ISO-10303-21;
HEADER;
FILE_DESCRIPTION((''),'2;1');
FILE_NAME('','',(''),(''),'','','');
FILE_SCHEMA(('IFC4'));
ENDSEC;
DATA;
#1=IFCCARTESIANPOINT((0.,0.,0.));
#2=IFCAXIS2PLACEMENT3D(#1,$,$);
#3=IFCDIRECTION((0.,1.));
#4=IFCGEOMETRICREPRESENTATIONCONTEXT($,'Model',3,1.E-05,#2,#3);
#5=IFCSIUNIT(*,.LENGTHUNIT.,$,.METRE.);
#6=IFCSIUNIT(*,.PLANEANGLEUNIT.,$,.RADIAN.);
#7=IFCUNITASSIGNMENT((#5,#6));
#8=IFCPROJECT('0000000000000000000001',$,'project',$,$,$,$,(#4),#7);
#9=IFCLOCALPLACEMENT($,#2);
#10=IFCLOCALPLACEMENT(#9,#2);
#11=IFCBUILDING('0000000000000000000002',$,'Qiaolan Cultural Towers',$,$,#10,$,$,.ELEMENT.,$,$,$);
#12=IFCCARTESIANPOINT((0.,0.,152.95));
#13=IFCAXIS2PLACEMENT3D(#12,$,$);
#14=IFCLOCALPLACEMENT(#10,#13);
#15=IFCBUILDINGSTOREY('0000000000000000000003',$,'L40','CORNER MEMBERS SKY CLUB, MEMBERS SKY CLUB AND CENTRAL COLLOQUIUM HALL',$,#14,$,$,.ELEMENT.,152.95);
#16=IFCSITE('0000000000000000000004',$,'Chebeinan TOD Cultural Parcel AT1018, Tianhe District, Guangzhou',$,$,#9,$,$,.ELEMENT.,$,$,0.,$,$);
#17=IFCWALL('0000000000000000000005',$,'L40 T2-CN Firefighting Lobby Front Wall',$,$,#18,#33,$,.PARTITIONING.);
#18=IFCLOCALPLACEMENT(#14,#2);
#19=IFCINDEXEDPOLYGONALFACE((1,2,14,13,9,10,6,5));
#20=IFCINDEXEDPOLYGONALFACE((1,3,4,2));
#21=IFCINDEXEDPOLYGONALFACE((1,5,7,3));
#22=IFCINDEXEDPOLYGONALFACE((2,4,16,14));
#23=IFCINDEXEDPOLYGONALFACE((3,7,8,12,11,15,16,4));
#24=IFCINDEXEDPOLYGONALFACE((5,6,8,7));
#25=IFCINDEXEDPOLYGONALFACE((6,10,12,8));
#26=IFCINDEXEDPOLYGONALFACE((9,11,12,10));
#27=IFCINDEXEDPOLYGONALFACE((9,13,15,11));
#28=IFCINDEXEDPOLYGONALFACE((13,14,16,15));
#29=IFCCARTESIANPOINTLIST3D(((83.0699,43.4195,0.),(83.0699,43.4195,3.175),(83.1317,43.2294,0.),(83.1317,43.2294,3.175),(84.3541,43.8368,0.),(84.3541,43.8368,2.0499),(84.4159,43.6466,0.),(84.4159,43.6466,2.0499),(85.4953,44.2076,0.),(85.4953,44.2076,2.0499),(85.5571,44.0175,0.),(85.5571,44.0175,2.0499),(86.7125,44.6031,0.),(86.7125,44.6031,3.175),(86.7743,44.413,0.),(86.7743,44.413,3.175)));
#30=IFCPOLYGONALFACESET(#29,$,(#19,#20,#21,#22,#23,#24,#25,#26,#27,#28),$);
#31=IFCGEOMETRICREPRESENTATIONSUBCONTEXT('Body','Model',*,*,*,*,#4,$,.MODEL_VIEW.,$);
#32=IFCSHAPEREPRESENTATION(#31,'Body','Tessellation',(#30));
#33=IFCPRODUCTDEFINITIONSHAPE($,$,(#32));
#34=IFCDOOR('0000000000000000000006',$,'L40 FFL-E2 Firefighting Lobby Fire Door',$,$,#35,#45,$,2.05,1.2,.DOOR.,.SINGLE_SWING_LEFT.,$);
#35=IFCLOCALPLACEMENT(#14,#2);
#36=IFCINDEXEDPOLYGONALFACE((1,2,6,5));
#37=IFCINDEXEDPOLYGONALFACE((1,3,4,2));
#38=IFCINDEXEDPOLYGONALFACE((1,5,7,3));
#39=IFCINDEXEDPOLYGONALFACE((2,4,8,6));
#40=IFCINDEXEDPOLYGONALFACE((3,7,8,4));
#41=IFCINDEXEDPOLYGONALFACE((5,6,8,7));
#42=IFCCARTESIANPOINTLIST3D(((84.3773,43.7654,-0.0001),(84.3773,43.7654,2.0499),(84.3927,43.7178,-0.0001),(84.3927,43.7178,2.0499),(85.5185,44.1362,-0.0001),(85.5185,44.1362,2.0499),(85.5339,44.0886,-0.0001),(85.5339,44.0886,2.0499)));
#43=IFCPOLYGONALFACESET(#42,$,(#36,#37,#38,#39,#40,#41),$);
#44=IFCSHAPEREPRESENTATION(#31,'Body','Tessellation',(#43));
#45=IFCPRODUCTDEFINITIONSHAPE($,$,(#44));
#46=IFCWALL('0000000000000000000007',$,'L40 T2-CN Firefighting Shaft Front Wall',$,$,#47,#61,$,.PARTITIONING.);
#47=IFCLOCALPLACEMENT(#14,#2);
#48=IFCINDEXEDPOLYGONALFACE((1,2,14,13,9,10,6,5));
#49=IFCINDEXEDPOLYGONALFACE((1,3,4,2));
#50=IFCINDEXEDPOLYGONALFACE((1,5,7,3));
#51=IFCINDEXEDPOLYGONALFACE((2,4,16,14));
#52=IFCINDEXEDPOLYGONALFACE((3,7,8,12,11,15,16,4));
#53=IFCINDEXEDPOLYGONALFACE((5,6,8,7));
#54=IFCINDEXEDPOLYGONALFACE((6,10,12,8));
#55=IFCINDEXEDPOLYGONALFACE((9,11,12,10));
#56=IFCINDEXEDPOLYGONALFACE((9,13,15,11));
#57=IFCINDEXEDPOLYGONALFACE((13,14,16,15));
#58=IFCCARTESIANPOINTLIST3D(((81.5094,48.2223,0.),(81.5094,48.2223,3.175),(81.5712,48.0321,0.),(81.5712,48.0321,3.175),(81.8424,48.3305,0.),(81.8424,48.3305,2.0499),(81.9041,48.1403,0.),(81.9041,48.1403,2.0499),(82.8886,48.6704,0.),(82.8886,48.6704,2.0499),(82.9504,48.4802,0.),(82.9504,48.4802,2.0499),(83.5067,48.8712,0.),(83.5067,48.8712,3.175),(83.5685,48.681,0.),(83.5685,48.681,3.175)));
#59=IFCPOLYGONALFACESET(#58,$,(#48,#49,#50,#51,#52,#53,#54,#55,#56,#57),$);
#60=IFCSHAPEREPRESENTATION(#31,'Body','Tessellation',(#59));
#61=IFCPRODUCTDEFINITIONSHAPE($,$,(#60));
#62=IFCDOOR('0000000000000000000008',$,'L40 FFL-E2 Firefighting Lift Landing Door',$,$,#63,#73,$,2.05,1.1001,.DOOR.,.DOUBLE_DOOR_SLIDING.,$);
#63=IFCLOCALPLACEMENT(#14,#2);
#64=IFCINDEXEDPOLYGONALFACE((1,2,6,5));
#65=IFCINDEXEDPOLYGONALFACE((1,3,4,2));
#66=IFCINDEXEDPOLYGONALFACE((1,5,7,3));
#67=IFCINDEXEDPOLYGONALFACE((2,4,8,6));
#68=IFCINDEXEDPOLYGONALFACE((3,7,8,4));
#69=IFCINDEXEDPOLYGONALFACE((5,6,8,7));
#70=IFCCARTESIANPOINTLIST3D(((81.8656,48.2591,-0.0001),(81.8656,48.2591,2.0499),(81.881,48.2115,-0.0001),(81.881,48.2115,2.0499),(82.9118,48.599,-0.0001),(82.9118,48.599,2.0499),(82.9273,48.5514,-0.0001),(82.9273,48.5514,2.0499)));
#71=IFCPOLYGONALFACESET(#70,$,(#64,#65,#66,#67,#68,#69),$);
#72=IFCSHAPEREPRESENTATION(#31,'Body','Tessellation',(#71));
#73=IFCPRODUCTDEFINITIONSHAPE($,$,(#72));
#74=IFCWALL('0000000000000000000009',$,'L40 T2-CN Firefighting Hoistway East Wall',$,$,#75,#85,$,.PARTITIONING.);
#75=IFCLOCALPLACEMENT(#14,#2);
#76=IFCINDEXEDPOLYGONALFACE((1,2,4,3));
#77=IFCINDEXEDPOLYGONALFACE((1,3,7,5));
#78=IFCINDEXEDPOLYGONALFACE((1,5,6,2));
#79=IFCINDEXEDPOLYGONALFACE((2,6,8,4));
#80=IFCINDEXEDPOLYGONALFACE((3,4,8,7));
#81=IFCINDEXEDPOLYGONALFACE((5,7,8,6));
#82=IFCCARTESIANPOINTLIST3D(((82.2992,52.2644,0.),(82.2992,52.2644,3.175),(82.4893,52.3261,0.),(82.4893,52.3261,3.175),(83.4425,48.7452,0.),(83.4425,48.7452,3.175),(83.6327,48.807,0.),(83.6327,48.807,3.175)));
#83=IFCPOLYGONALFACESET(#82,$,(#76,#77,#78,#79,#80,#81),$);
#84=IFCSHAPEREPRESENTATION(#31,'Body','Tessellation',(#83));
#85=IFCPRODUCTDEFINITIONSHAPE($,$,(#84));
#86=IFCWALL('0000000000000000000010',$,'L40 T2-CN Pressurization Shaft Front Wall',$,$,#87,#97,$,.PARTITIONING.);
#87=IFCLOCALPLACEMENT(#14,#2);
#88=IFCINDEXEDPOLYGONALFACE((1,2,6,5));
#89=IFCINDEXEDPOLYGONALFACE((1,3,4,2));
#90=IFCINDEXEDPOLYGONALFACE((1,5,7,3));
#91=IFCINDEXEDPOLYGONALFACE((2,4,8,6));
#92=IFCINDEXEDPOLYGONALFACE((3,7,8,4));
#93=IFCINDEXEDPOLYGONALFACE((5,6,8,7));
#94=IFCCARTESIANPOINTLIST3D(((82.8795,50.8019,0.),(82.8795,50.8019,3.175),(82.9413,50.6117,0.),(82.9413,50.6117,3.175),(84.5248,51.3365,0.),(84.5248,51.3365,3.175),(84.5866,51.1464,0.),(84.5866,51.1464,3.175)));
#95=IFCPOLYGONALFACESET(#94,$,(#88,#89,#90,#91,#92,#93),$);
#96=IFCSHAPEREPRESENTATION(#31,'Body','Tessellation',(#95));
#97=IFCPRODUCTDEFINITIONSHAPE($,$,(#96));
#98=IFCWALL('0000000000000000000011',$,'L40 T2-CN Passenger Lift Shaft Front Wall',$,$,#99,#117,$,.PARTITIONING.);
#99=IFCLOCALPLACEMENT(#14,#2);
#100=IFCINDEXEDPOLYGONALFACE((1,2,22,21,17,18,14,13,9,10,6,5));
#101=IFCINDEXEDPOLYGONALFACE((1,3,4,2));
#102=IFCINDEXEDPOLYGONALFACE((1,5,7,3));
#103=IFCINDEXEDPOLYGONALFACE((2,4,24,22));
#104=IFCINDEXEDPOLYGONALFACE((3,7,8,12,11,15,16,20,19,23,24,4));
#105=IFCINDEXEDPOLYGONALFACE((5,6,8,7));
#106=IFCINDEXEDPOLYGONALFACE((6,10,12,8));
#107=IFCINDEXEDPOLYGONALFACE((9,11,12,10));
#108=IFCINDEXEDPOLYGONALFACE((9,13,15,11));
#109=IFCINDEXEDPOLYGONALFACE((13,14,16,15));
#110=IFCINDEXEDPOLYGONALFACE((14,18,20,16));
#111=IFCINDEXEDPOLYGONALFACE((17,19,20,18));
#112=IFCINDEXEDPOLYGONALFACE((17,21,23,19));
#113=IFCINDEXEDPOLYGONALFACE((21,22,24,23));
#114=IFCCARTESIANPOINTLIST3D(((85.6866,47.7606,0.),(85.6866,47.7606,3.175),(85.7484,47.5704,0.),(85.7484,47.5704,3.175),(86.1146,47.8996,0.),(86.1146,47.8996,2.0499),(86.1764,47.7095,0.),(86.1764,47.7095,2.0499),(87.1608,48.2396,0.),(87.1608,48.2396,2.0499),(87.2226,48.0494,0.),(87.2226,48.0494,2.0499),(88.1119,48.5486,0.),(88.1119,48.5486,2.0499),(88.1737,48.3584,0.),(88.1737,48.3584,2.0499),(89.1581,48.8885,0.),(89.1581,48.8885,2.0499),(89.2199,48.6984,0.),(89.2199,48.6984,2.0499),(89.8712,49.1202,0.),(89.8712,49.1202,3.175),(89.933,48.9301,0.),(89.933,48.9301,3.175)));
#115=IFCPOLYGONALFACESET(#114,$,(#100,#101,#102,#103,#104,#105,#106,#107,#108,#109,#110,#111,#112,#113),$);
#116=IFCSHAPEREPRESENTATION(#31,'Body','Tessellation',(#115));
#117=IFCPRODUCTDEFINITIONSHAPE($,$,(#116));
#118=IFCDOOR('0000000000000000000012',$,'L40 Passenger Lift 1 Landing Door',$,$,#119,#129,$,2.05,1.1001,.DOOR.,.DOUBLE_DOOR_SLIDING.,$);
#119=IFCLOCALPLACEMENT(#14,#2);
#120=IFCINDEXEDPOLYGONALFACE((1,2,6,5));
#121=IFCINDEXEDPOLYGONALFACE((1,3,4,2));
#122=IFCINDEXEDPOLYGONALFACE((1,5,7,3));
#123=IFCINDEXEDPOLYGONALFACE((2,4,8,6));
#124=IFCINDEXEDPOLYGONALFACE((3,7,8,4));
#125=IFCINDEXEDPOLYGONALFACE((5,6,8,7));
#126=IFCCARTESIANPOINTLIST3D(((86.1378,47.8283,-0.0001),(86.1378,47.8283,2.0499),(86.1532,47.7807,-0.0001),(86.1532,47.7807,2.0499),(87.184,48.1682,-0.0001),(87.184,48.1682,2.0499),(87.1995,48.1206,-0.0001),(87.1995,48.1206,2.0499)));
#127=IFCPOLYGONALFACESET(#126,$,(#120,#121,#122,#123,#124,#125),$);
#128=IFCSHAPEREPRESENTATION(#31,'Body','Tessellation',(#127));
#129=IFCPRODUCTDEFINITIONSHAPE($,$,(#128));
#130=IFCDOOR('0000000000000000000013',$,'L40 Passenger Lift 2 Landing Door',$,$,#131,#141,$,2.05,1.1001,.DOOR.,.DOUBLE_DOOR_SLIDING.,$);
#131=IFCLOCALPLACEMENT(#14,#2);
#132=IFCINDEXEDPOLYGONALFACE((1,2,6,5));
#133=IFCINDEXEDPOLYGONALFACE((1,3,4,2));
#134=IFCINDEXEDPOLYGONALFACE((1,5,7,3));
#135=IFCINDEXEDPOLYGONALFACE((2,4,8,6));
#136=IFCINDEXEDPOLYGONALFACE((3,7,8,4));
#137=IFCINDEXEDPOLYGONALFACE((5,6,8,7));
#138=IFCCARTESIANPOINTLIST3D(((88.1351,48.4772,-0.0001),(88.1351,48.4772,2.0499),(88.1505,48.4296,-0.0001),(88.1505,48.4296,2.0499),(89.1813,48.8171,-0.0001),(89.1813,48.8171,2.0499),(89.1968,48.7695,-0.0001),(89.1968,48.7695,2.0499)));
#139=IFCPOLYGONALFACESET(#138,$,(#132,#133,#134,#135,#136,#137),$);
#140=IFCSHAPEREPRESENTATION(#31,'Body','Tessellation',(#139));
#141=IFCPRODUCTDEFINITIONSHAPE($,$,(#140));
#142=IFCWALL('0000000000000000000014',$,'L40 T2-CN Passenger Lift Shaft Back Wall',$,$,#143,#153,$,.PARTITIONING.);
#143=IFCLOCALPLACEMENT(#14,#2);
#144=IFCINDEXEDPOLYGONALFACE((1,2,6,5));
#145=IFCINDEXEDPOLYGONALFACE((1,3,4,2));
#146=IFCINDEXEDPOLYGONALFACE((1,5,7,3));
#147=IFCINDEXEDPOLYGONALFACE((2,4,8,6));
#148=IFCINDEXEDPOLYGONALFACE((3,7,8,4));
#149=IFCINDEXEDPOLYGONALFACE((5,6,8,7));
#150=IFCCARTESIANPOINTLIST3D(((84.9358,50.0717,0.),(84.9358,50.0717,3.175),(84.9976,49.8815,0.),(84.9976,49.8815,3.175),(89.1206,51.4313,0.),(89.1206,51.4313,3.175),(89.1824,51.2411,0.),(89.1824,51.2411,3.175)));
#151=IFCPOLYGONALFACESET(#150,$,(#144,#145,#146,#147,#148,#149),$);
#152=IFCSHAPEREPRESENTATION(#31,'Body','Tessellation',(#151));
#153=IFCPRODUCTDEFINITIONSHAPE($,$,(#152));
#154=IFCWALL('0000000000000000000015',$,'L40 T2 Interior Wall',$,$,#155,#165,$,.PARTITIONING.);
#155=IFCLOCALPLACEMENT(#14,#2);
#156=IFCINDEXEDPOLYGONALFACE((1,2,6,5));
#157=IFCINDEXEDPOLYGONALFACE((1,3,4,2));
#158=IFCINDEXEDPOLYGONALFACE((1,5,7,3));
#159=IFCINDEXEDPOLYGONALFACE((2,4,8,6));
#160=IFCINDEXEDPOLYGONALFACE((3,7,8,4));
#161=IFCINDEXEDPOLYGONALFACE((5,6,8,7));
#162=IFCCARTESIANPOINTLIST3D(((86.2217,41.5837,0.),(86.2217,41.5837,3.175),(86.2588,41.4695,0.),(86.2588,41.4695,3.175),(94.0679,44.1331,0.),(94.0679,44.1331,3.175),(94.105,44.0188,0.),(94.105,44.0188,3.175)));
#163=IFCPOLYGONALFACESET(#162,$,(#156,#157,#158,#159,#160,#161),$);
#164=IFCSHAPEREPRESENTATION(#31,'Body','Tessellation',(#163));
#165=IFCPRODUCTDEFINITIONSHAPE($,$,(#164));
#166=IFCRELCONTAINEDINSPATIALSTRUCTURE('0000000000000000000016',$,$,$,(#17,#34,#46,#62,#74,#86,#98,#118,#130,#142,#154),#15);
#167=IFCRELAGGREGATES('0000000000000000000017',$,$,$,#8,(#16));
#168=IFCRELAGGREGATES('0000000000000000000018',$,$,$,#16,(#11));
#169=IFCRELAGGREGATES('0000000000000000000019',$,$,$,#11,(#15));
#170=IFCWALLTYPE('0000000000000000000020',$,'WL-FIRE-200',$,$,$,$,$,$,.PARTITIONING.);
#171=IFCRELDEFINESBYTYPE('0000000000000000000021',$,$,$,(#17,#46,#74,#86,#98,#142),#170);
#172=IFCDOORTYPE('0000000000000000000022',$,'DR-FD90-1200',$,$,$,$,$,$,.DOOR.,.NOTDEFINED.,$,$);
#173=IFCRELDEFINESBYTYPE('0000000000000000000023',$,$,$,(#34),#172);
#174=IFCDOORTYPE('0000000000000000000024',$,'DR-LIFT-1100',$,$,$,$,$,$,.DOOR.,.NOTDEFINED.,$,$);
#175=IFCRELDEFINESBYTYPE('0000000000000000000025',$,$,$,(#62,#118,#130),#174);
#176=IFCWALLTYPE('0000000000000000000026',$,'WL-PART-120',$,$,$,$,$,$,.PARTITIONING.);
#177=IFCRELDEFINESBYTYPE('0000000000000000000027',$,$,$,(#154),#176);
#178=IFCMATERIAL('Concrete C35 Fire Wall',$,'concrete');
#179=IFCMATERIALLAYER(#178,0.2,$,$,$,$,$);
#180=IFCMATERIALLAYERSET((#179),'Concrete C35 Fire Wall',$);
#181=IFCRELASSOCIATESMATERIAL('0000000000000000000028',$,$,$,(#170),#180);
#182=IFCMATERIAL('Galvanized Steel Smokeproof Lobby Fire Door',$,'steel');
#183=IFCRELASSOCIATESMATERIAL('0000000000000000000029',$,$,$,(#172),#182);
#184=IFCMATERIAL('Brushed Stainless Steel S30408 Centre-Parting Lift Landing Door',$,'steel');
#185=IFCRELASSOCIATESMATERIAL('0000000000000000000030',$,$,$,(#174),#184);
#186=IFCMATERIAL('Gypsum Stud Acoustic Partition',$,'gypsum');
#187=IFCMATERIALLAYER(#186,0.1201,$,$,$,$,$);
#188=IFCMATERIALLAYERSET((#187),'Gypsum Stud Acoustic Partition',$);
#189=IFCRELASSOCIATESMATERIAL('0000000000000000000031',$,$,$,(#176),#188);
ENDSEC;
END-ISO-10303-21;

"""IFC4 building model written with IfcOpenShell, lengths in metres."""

from ifc_helpers import new_model, si_unit, direction, frame, frame_2d, origin, place, context, subcontext, project, spatial, rectangle, extrude, material, layer, layer_set, type_object, element, fill, save


model = new_model("IFC4")

# Units and contexts
model_context = context("Model", 3, precision=1e-05, world=origin(), true_north=direction((0.0, 1.0)))
body_context = subcontext(model_context, "Body", "Model", "MODEL_VIEW")
ifc_project = project(units=[si_unit("LENGTHUNIT", "METRE"), si_unit("PLANEANGLEUNIT", "RADIAN")], contexts=[model_context])

# Site, building, storey
site_placement = place(None, origin())
site = spatial("IfcSite", under=ifc_project, at=site_placement, Name="Chebeinan TOD Cultural Parcel AT1018, Tianhe District, Guangzhou", CompositionType="ELEMENT", RefElevation=0.0)
building_placement = place(site_placement, origin())
building = spatial("IfcBuilding", under=site, at=building_placement, Name="Qiaolan Cultural Towers", CompositionType="ELEMENT")
storey_placement = place(building_placement, frame((0.0, 0.0, 152.95)))
storey = spatial("IfcBuildingStorey", under=building, at=storey_placement, Name="L40", Description="CORNER MEMBERS SKY CLUB, MEMBERS SKY CLUB AND CENTRAL COLLOQUIUM HALL", CompositionType="ELEMENT", Elevation=152.95)

# Shared definitions
ifc_material_1 = material(Name="Concrete C35 Fire Wall", Category="concrete")
ifc_layer_1 = layer(ifc_material_1, 0.2)
ifc_layer_set_1 = layer_set([ifc_layer_1], Name="Concrete C35 Fire Wall")
wall_type_1 = type_object("IfcWallType", Name="WL-FIRE-200", PredefinedType="PARTITIONING", material=ifc_layer_set_1)

# Walls, openings, doors
wall_1_placement = place(storey_placement, frame((83.1008, 43.3245, 0.0), z_axis=(0.0, 0.0, 1.0), x_axis=(0.951053, 0.309028, 0.0)))
wall_1 = element("IfcWall", 1, at=wall_1_placement, inside=storey, type_object=wall_type_1, Name="L40 T2-CN Firefighting Lobby Front Wall", PredefinedType="PARTITIONING", context=body_context, shape_type="SweptSolid", body=[
    extrude(rectangle(XDim=3.8301, YDim=0.2, at=frame_2d((1.915, 0.0))), origin(), (0.0, 0.0, 1.0), 3.175),
])
opening_1_placement = place(wall_1_placement, frame((1.3501, 0.0, 0.0)))
opening_1 = element("IfcOpeningElement", 2, at=opening_1_placement, cuts=wall_1, PredefinedType="OPENING", context=body_context, shape_type="SweptSolid", body=[
    extrude(rectangle(XDim=1.2, YDim=2.05, at=frame_2d((0.6001, 1.0249))), frame((0.0, 0.1099, 0.0), z_axis=(0.0, -1.0, 0.0), x_axis=(1.0, 0.0, 0.0)), (0.0, 0.0, 1.0), 0.22),
])
ifc_material_2 = material(Name="Galvanized Steel Smokeproof Lobby Fire Door", Category="steel")
door_type_1 = type_object("IfcDoorType", Name="DR-FD90-1200", OperationType="NOTDEFINED", PredefinedType="DOOR", material=ifc_material_2)
door_1_placement = place(opening_1_placement, origin())
door_1 = element("IfcDoor", 3, at=door_1_placement, inside=storey, type_object=door_type_1, Name="L40 FFL-E2 Firefighting Lobby Fire Door", OperationType="SINGLE_SWING_LEFT", OverallHeight=2.05, OverallWidth=1.2, PredefinedType="DOOR", context=body_context, shape_type="SweptSolid", body=[
    extrude(rectangle(XDim=1.2, YDim=2.05, at=frame_2d((0.6001, 1.0249))), frame((0.0, 0.0249, 0.0), z_axis=(0.0, -1.0, 0.0), x_axis=(1.0, 0.0, 0.0)), (0.0, 0.0, 1.0), 0.05),
])
fill(opening_1, door_1)
wall_2_placement = place(storey_placement, frame((81.5403, 48.1272, 0.0), z_axis=(0.0, 0.0, 1.0), x_axis=(0.951062, 0.308999, 0.0)))
wall_2 = element("IfcWall", 4, at=wall_2_placement, inside=storey, type_object=wall_type_1, Name="L40 T2-CN Firefighting Shaft Front Wall", PredefinedType="PARTITIONING", context=body_context, shape_type="SweptSolid", body=[
    extrude(rectangle(XDim=2.1001, YDim=0.2, at=frame_2d((1.05, 0.0))), origin(), (0.0, 0.0, 1.0), 3.175),
])
opening_2_placement = place(wall_2_placement, frame((0.3501, 0.0, 0.0)))
opening_2 = element("IfcOpeningElement", 5, at=opening_2_placement, cuts=wall_2, PredefinedType="OPENING", context=body_context, shape_type="SweptSolid", body=[
    extrude(rectangle(XDim=1.1001, YDim=2.05, at=frame_2d((0.55, 1.0249))), frame((0.0, 0.1099, 0.0), z_axis=(0.0, -1.0, 0.0), x_axis=(1.0, 0.0, 0.0)), (0.0, 0.0, 1.0), 0.22),
])
ifc_material_3 = material(Name="Brushed Stainless Steel S30408 Centre-Parting Lift Landing Door", Category="steel")
door_type_2 = type_object("IfcDoorType", Name="DR-LIFT-1100", OperationType="NOTDEFINED", PredefinedType="DOOR", material=ifc_material_3)
door_2_placement = place(opening_2_placement, origin())
door_2 = element("IfcDoor", 6, at=door_2_placement, inside=storey, type_object=door_type_2, Name="L40 FFL-E2 Firefighting Lift Landing Door", OperationType="DOUBLE_DOOR_SLIDING", OverallHeight=2.05, OverallWidth=1.1001, PredefinedType="DOOR", context=body_context, shape_type="SweptSolid", body=[
    extrude(rectangle(XDim=1.1001, YDim=2.05, at=frame_2d((0.55, 1.0249))), frame((0.0, 0.0249, 0.0), z_axis=(0.0, -1.0, 0.0), x_axis=(1.0, 0.0, 0.0)), (0.0, 0.0, 1.0), 0.05),
])
fill(opening_2, door_2)

# Walls
wall_3_placement = place(storey_placement, frame((83.5376, 48.7761, 0.0), z_axis=(0.0, 0.0, 1.0), x_axis=(-0.308994, 0.951064, 0.0)))
element("IfcWall", 7, at=wall_3_placement, inside=storey, type_object=wall_type_1, Name="L40 T2-CN Firefighting Hoistway East Wall", PredefinedType="PARTITIONING", context=body_context, shape_type="SweptSolid", body=[
    extrude(rectangle(XDim=3.7002, YDim=0.2, at=frame_2d((1.8501, 0.0))), origin(), (0.0, 0.0, 1.0), 3.175),
])
wall_4_placement = place(storey_placement, frame((82.9104, 50.7068, 0.0), z_axis=(0.0, 0.0, 1.0), x_axis=(0.951041, 0.309064, 0.0)))
element("IfcWall", 8, at=wall_4_placement, inside=storey, type_object=wall_type_1, Name="L40 T2-CN Pressurization Shaft Front Wall", PredefinedType="PARTITIONING", context=body_context, shape_type="SweptSolid", body=[
    extrude(rectangle(XDim=1.73, YDim=0.2, at=frame_2d((0.865, 0.0))), origin(), (0.0, 0.0, 1.0), 3.175),
])

# Wall, openings, doors
wall_5_placement = place(storey_placement, frame((85.7175, 47.6655, 0.0), z_axis=(0.0, 0.0, 1.0), x_axis=(0.951059, 0.309011, 0.0)))
wall_5 = element("IfcWall", 9, at=wall_5_placement, inside=storey, type_object=wall_type_1, Name="L40 T2-CN Passenger Lift Shaft Front Wall", PredefinedType="PARTITIONING", context=body_context, shape_type="SweptSolid", body=[
    extrude(rectangle(XDim=4.3999, YDim=0.2, at=frame_2d((2.2, 0.0))), origin(), (0.0, 0.0, 1.0), 3.175),
])
opening_3_placement = place(wall_5_placement, frame((0.45, 0.0, 0.0)))
opening_3 = element("IfcOpeningElement", 10, at=opening_3_placement, cuts=wall_5, PredefinedType="OPENING", context=body_context, shape_type="SweptSolid", body=[
    extrude(rectangle(XDim=1.1001, YDim=2.05, at=frame_2d((0.55, 1.0249))), frame((0.0, 0.1099, 0.0), z_axis=(0.0, -1.0, 0.0), x_axis=(1.0, 0.0, 0.0)), (0.0, 0.0, 1.0), 0.22),
])
opening_4_placement = place(wall_5_placement, frame((2.55, 0.0, 0.0)))
opening_4 = element("IfcOpeningElement", 11, at=opening_4_placement, cuts=wall_5, PredefinedType="OPENING", context=body_context, shape_type="SweptSolid", body=[
    extrude(rectangle(XDim=1.1001, YDim=2.05, at=frame_2d((0.55, 1.0249))), frame((0.0, 0.1099, 0.0), z_axis=(0.0, -1.0, 0.0), x_axis=(1.0, 0.0, 0.0)), (0.0, 0.0, 1.0), 0.22),
])
door_3_placement = place(opening_3_placement, origin())
door_3 = element("IfcDoor", 12, at=door_3_placement, inside=storey, type_object=door_type_2, Name="L40 Passenger Lift 1 Landing Door", OperationType="DOUBLE_DOOR_SLIDING", OverallHeight=2.05, OverallWidth=1.1001, PredefinedType="DOOR", context=body_context, shape_type="SweptSolid", body=[
    extrude(rectangle(XDim=1.1001, YDim=2.05, at=frame_2d((0.55, 1.0249))), frame((0.0, 0.0249, 0.0), z_axis=(0.0, -1.0, 0.0), x_axis=(1.0, 0.0, 0.0)), (0.0, 0.0, 1.0), 0.05),
])
fill(opening_3, door_3)
door_4_placement = place(opening_4_placement, origin())
door_4 = element("IfcDoor", 13, at=door_4_placement, inside=storey, type_object=door_type_2, Name="L40 Passenger Lift 2 Landing Door", OperationType="DOUBLE_DOOR_SLIDING", OverallHeight=2.05, OverallWidth=1.1001, PredefinedType="DOOR", context=body_context, shape_type="SweptSolid", body=[
    extrude(rectangle(XDim=1.1001, YDim=2.05, at=frame_2d((0.55, 1.0249))), frame((0.0, 0.0249, 0.0), z_axis=(0.0, -1.0, 0.0), x_axis=(1.0, 0.0, 0.0)), (0.0, 0.0, 1.0), 0.05),
])
fill(opening_4, door_4)

# Walls
wall_6_placement = place(storey_placement, frame((84.9666, 49.9766, 0.0), z_axis=(0.0, 0.0, 1.0), x_axis=(0.951064, 0.308994, 0.0)))
element("IfcWall", 14, at=wall_6_placement, inside=storey, type_object=wall_type_1, Name="L40 T2-CN Passenger Lift Shaft Back Wall", PredefinedType="PARTITIONING", context=body_context, shape_type="SweptSolid", body=[
    extrude(rectangle(XDim=4.4001, YDim=0.2, at=frame_2d((2.2002, 0.0))), origin(), (0.0, 0.0, 1.0), 3.175),
])
ifc_material_4 = material(Name="Gypsum Stud Acoustic Partition", Category="gypsum")
ifc_layer_2 = layer(ifc_material_4, 0.1201)
ifc_layer_set_2 = layer_set([ifc_layer_2], Name="Gypsum Stud Acoustic Partition")
wall_type_2 = type_object("IfcWallType", Name="WL-PART-120", PredefinedType="PARTITIONING", material=ifc_layer_set_2)
wall_7_placement = place(storey_placement, frame((86.2402, 41.5266, 0.0), z_axis=(0.0, 0.0, 1.0), x_axis=(0.951059, 0.30901, 0.0)))
element("IfcWall", 15, at=wall_7_placement, inside=storey, type_object=wall_type_2, Name="L40 T2 Interior Wall", PredefinedType="PARTITIONING", context=body_context, shape_type="SweptSolid", body=[
    extrude(rectangle(XDim=8.25, YDim=0.1201, at=frame_2d((4.125, 0.0))), origin(), (0.0, 0.0, 1.0), 3.175),
])

save(model, "model.ifc")
